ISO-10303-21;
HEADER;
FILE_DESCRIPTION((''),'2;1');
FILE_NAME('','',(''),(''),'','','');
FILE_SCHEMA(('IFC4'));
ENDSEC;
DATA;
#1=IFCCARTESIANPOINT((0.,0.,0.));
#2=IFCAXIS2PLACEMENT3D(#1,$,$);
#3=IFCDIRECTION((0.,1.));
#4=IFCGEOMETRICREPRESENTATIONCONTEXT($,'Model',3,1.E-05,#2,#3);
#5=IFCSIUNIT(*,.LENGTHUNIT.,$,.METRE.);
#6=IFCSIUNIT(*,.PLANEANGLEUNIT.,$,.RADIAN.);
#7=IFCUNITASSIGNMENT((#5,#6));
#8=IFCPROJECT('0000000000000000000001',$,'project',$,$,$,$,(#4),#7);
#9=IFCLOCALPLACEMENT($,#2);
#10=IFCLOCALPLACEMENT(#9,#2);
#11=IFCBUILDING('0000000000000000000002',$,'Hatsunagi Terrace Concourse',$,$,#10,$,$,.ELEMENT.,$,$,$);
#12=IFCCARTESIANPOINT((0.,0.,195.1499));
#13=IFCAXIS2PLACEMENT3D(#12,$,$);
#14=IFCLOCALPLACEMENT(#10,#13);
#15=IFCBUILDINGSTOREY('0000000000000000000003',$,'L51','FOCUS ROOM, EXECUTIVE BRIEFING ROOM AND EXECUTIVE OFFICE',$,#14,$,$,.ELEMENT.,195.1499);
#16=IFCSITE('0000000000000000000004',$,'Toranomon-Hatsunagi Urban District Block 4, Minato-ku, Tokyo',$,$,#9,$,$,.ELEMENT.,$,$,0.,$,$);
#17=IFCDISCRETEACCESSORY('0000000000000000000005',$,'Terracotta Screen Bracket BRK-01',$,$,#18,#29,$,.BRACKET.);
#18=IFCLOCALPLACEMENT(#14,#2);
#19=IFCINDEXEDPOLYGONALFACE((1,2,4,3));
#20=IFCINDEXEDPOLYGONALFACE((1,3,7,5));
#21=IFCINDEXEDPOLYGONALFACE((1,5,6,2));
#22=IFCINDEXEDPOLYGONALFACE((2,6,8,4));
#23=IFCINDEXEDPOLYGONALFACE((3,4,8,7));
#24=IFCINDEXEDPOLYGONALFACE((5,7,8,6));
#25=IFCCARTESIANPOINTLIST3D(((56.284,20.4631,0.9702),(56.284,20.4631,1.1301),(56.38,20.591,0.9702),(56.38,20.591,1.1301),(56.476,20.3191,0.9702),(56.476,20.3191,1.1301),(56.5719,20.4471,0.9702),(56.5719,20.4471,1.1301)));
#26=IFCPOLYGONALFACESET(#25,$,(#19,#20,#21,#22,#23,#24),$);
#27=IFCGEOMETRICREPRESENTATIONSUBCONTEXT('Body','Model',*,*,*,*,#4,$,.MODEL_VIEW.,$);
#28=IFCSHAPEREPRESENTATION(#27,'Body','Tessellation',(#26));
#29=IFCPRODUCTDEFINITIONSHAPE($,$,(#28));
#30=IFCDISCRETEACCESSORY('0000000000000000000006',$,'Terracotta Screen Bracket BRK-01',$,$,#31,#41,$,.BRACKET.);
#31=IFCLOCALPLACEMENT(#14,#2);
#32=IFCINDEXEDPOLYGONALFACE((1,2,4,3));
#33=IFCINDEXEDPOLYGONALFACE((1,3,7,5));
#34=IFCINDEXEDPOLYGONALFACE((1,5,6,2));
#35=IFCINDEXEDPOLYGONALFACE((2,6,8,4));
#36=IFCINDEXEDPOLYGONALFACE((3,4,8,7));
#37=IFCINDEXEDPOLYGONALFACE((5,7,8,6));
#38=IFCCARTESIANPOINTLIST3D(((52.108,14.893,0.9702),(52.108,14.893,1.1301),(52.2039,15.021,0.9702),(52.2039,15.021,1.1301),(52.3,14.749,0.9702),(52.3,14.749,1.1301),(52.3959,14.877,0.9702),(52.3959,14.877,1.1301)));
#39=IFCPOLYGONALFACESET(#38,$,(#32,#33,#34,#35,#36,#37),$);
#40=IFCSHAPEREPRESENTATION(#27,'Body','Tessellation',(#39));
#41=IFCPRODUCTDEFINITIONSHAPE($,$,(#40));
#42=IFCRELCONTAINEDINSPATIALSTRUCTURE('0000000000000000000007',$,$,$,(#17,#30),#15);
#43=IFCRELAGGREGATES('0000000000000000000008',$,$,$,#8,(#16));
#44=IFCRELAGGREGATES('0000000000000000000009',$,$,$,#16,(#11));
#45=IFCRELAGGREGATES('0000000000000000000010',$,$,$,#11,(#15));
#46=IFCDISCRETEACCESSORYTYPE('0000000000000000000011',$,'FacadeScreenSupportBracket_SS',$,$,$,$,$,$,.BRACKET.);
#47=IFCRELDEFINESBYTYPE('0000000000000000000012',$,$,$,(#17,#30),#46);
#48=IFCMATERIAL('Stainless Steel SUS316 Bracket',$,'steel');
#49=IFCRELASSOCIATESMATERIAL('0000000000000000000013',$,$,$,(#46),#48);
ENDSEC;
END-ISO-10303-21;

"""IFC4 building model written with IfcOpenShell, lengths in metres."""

from ifc_helpers import new_model, si_unit, direction, frame, origin, origin_2d, place, context, subcontext, project, spatial, rectangle, extrude, material, type_object, element, save


model = new_model("IFC4")

# Units and contexts
model_context = context("Model", 3, precision=1e-05, world=origin(), true_north=direction((0.0, 1.0)))
body_context = subcontext(model_context, "Body", "Model", "MODEL_VIEW")
ifc_project = project(units=[si_unit("LENGTHUNIT", "METRE"), si_unit("PLANEANGLEUNIT", "RADIAN")], contexts=[model_context])

# Site, building, storey
site_placement = place(None, origin())
site = spatial("IfcSite", under=ifc_project, at=site_placement, Name="Toranomon-Hatsunagi Urban District Block 4, Minato-ku, Tokyo", CompositionType="ELEMENT", RefElevation=0.0)
building_placement = place(site_placement, origin())
building = spatial("IfcBuilding", under=site, at=building_placement, Name="Hatsunagi Terrace Concourse", CompositionType="ELEMENT")
storey_placement = place(building_placement, frame((0.0, 0.0, 195.1499)))
storey = spatial("IfcBuildingStorey", under=building, at=storey_placement, Name="L51", Description="FOCUS ROOM, EXECUTIVE BRIEFING ROOM AND EXECUTIVE OFFICE", CompositionType="ELEMENT", Elevation=195.1499)

# Discrete accessories
ifc_material_1 = material(Name="Stainless Steel SUS316 Bracket", Category="steel")
discrete_accessory_type = type_object("IfcDiscreteAccessoryType", Name="FacadeScreenSupportBracket_SS", PredefinedType="BRACKET", material=ifc_material_1)
for number, where, z_axis, x_axis, name in (
    (1, (56.428, 20.4551, 0.9702), (0.0, 0.0, 1.0), (-0.599969, -0.800023, 0.0), "Terracotta Screen Bracket BRK-01"),
    (2, (52.252, 14.885, 0.9702), (0.0, 0.0, 1.0), (-0.599969, -0.800023, 0.0), "Terracotta Screen Bracket BRK-01"),
):
    element("IfcDiscreteAccessory", number, at=place(storey_placement, frame(where, z_axis=z_axis, x_axis=x_axis)), inside=storey, type_object=discrete_accessory_type, Name=name, PredefinedType="BRACKET", context=body_context, shape_type="SweptSolid", body=[
        extrude(rectangle(XDim=0.1599, YDim=0.24, at=origin_2d()), origin(), (0.0, 0.0, 1.0), 0.1599),
    ])

save(model, "model.ifc")
